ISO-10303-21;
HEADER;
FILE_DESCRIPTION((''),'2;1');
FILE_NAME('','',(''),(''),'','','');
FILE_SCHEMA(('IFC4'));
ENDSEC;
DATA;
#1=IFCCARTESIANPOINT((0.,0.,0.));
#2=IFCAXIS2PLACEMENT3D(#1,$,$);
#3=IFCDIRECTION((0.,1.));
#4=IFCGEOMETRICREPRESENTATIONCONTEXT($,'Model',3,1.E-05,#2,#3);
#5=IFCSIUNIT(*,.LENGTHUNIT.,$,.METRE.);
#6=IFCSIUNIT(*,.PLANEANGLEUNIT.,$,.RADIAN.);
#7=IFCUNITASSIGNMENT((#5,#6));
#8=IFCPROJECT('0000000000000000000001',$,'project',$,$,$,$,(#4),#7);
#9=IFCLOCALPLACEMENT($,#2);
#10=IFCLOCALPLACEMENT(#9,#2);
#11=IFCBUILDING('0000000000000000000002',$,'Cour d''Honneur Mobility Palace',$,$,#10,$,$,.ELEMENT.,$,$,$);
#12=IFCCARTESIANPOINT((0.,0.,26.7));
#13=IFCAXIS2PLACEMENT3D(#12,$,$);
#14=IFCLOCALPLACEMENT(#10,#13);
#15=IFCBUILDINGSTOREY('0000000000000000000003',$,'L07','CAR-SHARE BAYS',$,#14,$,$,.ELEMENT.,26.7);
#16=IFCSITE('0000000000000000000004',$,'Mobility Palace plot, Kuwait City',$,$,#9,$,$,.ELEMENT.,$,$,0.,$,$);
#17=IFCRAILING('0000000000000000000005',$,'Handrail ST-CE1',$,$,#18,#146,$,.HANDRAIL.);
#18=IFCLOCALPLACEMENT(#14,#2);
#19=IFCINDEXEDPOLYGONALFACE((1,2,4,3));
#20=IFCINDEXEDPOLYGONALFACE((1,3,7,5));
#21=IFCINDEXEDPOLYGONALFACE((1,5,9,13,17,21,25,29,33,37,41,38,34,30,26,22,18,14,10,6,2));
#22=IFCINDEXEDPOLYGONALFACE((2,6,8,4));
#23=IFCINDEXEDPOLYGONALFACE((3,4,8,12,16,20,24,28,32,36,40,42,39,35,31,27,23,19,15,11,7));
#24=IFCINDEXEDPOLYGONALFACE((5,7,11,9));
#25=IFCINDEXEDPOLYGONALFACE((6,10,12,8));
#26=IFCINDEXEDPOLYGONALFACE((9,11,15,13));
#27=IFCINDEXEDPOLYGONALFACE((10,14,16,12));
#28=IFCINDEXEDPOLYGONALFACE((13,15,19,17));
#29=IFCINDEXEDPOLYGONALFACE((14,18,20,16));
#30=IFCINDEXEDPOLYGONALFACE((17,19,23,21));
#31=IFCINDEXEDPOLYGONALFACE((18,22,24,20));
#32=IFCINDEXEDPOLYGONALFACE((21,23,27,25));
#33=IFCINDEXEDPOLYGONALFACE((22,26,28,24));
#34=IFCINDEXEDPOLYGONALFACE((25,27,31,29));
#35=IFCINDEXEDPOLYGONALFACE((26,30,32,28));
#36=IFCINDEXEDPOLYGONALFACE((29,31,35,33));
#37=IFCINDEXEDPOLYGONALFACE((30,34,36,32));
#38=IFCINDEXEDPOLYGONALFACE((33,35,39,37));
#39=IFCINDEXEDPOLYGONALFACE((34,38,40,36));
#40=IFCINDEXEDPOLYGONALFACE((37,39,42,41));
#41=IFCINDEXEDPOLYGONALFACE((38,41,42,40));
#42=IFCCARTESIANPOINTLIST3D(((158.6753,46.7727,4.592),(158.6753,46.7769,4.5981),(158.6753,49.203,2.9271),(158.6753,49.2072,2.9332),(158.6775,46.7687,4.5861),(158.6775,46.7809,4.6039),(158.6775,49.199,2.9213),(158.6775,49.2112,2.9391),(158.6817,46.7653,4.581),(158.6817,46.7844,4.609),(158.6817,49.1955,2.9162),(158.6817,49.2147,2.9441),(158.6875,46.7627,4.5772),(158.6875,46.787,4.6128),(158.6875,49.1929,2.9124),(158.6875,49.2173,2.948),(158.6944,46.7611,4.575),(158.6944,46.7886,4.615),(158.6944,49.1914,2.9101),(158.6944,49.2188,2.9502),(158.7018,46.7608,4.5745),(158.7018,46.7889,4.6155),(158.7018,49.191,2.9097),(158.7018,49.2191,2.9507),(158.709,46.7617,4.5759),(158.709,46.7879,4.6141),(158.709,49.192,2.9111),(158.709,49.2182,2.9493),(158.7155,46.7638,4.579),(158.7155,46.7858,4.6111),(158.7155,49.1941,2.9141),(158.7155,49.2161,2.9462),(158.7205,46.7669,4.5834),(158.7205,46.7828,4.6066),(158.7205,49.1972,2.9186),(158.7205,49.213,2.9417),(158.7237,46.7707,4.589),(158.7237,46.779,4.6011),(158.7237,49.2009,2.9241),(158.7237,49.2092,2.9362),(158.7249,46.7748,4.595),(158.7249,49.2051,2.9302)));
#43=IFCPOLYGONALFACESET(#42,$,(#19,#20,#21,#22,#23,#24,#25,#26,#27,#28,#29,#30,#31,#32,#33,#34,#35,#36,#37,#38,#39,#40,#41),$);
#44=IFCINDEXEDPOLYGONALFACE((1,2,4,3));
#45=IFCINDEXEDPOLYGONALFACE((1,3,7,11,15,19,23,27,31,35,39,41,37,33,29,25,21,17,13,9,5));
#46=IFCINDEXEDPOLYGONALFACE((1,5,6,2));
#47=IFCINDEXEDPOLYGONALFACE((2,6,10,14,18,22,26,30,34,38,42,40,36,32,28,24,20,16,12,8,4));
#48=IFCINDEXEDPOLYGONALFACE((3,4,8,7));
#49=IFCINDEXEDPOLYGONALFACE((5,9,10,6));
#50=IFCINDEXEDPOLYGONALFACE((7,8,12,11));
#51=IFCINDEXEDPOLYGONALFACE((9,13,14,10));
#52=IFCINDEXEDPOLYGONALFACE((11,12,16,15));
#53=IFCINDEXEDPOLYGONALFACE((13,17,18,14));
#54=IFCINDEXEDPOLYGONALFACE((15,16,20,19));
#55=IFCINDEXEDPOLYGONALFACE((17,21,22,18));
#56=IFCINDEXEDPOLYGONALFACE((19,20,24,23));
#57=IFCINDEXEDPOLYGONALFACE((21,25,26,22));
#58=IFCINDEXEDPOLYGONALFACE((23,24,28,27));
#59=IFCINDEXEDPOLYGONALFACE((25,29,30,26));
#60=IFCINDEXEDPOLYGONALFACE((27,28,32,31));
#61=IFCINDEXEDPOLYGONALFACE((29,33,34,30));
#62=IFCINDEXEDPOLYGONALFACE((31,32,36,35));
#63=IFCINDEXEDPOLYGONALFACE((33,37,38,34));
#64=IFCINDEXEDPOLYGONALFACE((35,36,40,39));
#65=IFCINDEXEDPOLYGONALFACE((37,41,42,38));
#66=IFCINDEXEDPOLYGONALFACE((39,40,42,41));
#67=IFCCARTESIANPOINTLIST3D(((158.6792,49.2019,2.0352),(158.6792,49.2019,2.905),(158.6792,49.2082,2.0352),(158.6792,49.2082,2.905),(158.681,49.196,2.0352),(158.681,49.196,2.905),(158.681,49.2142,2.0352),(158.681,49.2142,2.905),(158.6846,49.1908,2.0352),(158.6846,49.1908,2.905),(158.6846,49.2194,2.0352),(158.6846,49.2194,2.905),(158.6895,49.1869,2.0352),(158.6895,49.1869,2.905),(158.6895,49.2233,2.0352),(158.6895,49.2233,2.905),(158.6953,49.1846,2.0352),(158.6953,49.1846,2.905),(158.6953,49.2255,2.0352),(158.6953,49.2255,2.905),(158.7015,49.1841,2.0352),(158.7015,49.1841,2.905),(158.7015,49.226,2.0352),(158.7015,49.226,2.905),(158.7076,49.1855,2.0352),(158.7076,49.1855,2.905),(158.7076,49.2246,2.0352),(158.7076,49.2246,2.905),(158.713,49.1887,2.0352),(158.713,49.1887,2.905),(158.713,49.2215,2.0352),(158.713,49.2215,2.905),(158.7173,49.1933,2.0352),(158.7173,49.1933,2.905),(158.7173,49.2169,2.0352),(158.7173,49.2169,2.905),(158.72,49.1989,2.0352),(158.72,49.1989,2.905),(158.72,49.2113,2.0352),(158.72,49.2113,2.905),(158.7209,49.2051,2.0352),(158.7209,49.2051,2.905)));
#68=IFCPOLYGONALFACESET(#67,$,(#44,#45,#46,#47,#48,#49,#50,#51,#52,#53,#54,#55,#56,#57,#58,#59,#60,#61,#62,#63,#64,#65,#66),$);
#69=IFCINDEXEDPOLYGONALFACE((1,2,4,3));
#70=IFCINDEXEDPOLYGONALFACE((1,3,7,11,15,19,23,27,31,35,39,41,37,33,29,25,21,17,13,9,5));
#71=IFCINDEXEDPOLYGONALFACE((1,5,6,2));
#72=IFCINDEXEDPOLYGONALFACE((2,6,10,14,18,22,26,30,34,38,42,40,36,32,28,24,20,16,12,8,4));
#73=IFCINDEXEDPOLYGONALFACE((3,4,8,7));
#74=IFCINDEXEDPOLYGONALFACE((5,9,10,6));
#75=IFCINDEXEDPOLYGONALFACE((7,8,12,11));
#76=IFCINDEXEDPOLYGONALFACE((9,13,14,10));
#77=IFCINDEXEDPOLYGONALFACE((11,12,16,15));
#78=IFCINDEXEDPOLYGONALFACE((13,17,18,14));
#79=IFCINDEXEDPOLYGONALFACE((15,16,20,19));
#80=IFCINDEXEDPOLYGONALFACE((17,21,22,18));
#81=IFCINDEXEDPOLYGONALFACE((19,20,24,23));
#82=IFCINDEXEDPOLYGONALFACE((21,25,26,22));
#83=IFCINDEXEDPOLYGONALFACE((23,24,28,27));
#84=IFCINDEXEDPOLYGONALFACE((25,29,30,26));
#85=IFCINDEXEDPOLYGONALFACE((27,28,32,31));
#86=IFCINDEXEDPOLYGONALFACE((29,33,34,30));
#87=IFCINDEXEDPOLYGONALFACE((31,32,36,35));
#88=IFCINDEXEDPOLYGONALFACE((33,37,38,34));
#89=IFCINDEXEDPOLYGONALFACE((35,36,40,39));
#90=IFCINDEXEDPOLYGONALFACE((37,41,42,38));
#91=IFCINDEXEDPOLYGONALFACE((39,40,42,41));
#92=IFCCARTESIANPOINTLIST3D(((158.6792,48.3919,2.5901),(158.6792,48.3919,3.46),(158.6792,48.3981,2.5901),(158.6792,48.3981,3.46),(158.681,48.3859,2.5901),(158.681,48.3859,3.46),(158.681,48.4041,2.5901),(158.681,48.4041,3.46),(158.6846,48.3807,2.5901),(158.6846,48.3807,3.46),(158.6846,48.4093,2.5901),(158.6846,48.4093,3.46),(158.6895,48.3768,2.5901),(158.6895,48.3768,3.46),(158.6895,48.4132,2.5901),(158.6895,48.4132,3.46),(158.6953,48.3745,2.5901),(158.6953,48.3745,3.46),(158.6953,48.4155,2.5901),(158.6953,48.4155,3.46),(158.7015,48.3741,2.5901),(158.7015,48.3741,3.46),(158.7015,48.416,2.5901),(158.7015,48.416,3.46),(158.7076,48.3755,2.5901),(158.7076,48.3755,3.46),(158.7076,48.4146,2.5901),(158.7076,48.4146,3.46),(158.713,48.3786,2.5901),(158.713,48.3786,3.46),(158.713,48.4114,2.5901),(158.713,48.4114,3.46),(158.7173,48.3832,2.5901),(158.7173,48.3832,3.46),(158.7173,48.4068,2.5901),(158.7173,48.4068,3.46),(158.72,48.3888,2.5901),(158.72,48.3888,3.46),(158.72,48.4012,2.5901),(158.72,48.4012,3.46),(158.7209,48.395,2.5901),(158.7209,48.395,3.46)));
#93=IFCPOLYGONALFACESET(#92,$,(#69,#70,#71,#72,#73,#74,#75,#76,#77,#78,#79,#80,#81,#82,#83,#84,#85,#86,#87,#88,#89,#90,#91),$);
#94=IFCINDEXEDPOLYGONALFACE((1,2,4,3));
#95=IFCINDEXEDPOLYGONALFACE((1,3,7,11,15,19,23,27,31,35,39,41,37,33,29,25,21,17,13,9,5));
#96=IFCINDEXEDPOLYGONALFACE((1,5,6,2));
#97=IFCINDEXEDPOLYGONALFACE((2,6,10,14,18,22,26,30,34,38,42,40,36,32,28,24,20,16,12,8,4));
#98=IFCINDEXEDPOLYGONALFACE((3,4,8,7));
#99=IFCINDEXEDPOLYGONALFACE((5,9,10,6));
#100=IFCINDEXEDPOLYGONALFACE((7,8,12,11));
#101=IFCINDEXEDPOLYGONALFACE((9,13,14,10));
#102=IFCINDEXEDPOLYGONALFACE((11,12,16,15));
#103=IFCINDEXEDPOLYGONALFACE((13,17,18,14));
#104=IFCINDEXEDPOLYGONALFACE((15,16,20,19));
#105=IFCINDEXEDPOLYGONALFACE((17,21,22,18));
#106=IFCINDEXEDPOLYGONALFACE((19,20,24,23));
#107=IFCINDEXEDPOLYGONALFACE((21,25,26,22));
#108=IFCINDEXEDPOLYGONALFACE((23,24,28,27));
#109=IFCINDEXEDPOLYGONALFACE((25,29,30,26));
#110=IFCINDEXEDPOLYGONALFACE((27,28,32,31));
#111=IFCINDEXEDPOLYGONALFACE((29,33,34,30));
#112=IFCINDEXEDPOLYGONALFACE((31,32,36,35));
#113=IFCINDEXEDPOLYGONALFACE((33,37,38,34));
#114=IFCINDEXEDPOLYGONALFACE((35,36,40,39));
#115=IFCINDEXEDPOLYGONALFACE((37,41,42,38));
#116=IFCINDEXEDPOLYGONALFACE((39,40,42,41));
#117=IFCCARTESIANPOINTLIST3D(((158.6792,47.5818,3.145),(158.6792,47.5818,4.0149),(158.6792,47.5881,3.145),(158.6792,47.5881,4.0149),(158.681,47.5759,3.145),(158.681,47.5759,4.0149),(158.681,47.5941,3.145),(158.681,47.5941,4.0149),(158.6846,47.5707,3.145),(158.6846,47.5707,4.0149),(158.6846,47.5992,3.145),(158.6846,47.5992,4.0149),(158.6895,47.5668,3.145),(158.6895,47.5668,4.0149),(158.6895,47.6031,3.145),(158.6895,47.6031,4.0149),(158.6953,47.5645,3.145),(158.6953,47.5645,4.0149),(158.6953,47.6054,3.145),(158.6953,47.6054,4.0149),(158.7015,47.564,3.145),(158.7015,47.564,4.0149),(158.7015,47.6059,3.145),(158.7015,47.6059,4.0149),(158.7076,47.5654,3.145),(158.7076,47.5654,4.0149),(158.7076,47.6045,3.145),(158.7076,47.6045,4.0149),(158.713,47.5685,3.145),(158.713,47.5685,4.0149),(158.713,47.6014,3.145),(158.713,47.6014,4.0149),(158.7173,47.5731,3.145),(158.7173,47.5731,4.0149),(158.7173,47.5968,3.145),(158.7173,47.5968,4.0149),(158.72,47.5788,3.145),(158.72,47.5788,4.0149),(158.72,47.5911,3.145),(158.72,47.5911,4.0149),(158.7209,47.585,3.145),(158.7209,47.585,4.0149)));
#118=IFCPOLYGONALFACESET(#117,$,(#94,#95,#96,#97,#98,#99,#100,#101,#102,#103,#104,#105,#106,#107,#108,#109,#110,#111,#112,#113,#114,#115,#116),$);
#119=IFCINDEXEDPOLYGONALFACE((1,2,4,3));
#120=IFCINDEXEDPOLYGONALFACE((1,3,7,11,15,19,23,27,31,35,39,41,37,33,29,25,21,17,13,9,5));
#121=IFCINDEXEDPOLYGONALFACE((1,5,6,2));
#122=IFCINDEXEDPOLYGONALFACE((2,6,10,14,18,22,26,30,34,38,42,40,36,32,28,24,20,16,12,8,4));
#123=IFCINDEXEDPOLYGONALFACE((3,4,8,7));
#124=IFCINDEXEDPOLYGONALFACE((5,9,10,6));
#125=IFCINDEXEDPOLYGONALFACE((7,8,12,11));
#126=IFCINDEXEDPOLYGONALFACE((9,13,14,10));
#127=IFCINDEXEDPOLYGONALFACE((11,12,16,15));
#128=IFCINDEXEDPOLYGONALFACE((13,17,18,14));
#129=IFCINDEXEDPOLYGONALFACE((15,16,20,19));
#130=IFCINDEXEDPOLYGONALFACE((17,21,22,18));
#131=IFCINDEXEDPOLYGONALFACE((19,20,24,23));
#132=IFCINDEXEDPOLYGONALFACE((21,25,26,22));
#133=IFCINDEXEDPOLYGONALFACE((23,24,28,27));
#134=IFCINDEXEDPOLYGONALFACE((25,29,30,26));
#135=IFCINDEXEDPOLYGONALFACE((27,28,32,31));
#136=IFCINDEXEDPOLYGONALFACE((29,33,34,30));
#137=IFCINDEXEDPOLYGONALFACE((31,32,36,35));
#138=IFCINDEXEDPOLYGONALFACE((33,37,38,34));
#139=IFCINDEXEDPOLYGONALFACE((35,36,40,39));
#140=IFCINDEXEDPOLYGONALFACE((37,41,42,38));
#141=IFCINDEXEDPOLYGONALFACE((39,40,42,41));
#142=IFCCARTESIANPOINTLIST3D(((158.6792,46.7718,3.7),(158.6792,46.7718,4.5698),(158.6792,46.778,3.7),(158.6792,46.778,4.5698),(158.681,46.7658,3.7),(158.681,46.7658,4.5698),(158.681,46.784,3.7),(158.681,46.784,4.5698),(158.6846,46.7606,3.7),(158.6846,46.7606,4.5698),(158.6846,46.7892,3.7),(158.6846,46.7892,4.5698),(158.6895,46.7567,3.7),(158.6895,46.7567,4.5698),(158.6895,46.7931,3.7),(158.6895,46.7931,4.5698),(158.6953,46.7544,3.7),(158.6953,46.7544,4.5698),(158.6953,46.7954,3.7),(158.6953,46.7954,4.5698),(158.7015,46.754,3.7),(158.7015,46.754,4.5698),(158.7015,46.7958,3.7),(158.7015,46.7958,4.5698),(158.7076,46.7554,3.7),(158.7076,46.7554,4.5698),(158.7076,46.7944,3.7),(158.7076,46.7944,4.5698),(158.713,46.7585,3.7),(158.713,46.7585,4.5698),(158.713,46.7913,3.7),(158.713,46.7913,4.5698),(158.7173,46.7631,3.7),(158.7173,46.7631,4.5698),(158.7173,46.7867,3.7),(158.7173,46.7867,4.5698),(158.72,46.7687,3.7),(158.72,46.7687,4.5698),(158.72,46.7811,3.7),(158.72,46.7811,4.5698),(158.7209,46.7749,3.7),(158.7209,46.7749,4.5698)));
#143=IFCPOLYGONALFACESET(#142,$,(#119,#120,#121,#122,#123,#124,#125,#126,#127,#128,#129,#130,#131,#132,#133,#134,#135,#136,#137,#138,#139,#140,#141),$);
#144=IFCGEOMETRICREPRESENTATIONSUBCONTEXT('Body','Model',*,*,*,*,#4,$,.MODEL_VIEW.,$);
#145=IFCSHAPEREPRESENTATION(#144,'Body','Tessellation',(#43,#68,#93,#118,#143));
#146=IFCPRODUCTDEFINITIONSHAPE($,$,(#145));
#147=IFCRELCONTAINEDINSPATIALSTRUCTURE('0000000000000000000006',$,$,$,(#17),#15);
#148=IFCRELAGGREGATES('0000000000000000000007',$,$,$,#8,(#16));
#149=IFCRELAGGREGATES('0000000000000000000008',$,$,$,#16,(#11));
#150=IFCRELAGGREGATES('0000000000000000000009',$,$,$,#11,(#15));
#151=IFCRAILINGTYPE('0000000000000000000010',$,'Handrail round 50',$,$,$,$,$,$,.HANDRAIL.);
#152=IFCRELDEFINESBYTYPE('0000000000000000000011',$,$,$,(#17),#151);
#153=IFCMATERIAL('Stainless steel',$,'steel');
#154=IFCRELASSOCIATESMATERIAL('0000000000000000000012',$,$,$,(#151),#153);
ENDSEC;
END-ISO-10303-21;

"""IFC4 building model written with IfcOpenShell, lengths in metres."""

from ifc_helpers import new_model, si_unit, direction, frame, origin, origin_2d, place, context, subcontext, project, spatial, circle, extrude, material, type_object, element, save


model = new_model("IFC4")

# Units and contexts
model_context = context("Model", 3, precision=1e-05, world=origin(), true_north=direction((0.0, 1.0)))
body_context = subcontext(model_context, "Body", "Model", "MODEL_VIEW")
ifc_project = project(units=[si_unit("LENGTHUNIT", "METRE"), si_unit("PLANEANGLEUNIT", "RADIAN")], contexts=[model_context])

# Site, building, storey
site_placement = place(None, origin())
site = spatial("IfcSite", under=ifc_project, at=site_placement, Name="Mobility Palace plot, Kuwait City", CompositionType="ELEMENT", RefElevation=0.0)
building_placement = place(site_placement, origin())
building = spatial("IfcBuilding", under=site, at=building_placement, Name="Cour d'Honneur Mobility Palace", CompositionType="ELEMENT")
storey_placement = place(building_placement, frame((0.0, 0.0, 26.7)))
storey = spatial("IfcBuildingStorey", under=building, at=storey_placement, Name="L07", Description="CAR-SHARE BAYS", CompositionType="ELEMENT", Elevation=26.7)

# Railing
ifc_material_1 = material(Name="Stainless steel", Category="steel")
railing_type_1 = type_object("IfcRailingType", Name="Handrail round 50", PredefinedType="HANDRAIL", material=ifc_material_1)
railing_1_placement = place(storey_placement, frame((158.7, 49.2051, 2.0352)))
element("IfcRailing", 1, at=railing_1_placement, inside=storey, type_object=railing_type_1, Name="Handrail ST-CE1", PredefinedType="HANDRAIL", context=body_context, shape_type="SweptSolid", body=[
    extrude(circle(Radius=0.0249, at=origin_2d()), frame((0.0, 0.0, 0.895), z_axis=(0.0, -0.824984, 0.565156), x_axis=(1.0, 0.0, 0.0)), (0.0, 0.0, 1.0), 2.9458),
    extrude(circle(Radius=0.021, at=origin_2d()), origin(), (0.0, 0.0, 1.0), 0.8699),
    extrude(circle(Radius=0.021, at=origin_2d()), frame((0.0, -0.8101, 0.5549)), (0.0, 0.0, 1.0), 0.8699),
    extrude(circle(Radius=0.021, at=origin_2d()), frame((0.0, -1.6201, 1.1099)), (0.0, 0.0, 1.0), 0.8699),
    extrude(circle(Radius=0.021, at=origin_2d()), frame((0.0, -2.4302, 1.6648)), (0.0, 0.0, 1.0), 0.8699),
])

save(model, "model.ifc")
